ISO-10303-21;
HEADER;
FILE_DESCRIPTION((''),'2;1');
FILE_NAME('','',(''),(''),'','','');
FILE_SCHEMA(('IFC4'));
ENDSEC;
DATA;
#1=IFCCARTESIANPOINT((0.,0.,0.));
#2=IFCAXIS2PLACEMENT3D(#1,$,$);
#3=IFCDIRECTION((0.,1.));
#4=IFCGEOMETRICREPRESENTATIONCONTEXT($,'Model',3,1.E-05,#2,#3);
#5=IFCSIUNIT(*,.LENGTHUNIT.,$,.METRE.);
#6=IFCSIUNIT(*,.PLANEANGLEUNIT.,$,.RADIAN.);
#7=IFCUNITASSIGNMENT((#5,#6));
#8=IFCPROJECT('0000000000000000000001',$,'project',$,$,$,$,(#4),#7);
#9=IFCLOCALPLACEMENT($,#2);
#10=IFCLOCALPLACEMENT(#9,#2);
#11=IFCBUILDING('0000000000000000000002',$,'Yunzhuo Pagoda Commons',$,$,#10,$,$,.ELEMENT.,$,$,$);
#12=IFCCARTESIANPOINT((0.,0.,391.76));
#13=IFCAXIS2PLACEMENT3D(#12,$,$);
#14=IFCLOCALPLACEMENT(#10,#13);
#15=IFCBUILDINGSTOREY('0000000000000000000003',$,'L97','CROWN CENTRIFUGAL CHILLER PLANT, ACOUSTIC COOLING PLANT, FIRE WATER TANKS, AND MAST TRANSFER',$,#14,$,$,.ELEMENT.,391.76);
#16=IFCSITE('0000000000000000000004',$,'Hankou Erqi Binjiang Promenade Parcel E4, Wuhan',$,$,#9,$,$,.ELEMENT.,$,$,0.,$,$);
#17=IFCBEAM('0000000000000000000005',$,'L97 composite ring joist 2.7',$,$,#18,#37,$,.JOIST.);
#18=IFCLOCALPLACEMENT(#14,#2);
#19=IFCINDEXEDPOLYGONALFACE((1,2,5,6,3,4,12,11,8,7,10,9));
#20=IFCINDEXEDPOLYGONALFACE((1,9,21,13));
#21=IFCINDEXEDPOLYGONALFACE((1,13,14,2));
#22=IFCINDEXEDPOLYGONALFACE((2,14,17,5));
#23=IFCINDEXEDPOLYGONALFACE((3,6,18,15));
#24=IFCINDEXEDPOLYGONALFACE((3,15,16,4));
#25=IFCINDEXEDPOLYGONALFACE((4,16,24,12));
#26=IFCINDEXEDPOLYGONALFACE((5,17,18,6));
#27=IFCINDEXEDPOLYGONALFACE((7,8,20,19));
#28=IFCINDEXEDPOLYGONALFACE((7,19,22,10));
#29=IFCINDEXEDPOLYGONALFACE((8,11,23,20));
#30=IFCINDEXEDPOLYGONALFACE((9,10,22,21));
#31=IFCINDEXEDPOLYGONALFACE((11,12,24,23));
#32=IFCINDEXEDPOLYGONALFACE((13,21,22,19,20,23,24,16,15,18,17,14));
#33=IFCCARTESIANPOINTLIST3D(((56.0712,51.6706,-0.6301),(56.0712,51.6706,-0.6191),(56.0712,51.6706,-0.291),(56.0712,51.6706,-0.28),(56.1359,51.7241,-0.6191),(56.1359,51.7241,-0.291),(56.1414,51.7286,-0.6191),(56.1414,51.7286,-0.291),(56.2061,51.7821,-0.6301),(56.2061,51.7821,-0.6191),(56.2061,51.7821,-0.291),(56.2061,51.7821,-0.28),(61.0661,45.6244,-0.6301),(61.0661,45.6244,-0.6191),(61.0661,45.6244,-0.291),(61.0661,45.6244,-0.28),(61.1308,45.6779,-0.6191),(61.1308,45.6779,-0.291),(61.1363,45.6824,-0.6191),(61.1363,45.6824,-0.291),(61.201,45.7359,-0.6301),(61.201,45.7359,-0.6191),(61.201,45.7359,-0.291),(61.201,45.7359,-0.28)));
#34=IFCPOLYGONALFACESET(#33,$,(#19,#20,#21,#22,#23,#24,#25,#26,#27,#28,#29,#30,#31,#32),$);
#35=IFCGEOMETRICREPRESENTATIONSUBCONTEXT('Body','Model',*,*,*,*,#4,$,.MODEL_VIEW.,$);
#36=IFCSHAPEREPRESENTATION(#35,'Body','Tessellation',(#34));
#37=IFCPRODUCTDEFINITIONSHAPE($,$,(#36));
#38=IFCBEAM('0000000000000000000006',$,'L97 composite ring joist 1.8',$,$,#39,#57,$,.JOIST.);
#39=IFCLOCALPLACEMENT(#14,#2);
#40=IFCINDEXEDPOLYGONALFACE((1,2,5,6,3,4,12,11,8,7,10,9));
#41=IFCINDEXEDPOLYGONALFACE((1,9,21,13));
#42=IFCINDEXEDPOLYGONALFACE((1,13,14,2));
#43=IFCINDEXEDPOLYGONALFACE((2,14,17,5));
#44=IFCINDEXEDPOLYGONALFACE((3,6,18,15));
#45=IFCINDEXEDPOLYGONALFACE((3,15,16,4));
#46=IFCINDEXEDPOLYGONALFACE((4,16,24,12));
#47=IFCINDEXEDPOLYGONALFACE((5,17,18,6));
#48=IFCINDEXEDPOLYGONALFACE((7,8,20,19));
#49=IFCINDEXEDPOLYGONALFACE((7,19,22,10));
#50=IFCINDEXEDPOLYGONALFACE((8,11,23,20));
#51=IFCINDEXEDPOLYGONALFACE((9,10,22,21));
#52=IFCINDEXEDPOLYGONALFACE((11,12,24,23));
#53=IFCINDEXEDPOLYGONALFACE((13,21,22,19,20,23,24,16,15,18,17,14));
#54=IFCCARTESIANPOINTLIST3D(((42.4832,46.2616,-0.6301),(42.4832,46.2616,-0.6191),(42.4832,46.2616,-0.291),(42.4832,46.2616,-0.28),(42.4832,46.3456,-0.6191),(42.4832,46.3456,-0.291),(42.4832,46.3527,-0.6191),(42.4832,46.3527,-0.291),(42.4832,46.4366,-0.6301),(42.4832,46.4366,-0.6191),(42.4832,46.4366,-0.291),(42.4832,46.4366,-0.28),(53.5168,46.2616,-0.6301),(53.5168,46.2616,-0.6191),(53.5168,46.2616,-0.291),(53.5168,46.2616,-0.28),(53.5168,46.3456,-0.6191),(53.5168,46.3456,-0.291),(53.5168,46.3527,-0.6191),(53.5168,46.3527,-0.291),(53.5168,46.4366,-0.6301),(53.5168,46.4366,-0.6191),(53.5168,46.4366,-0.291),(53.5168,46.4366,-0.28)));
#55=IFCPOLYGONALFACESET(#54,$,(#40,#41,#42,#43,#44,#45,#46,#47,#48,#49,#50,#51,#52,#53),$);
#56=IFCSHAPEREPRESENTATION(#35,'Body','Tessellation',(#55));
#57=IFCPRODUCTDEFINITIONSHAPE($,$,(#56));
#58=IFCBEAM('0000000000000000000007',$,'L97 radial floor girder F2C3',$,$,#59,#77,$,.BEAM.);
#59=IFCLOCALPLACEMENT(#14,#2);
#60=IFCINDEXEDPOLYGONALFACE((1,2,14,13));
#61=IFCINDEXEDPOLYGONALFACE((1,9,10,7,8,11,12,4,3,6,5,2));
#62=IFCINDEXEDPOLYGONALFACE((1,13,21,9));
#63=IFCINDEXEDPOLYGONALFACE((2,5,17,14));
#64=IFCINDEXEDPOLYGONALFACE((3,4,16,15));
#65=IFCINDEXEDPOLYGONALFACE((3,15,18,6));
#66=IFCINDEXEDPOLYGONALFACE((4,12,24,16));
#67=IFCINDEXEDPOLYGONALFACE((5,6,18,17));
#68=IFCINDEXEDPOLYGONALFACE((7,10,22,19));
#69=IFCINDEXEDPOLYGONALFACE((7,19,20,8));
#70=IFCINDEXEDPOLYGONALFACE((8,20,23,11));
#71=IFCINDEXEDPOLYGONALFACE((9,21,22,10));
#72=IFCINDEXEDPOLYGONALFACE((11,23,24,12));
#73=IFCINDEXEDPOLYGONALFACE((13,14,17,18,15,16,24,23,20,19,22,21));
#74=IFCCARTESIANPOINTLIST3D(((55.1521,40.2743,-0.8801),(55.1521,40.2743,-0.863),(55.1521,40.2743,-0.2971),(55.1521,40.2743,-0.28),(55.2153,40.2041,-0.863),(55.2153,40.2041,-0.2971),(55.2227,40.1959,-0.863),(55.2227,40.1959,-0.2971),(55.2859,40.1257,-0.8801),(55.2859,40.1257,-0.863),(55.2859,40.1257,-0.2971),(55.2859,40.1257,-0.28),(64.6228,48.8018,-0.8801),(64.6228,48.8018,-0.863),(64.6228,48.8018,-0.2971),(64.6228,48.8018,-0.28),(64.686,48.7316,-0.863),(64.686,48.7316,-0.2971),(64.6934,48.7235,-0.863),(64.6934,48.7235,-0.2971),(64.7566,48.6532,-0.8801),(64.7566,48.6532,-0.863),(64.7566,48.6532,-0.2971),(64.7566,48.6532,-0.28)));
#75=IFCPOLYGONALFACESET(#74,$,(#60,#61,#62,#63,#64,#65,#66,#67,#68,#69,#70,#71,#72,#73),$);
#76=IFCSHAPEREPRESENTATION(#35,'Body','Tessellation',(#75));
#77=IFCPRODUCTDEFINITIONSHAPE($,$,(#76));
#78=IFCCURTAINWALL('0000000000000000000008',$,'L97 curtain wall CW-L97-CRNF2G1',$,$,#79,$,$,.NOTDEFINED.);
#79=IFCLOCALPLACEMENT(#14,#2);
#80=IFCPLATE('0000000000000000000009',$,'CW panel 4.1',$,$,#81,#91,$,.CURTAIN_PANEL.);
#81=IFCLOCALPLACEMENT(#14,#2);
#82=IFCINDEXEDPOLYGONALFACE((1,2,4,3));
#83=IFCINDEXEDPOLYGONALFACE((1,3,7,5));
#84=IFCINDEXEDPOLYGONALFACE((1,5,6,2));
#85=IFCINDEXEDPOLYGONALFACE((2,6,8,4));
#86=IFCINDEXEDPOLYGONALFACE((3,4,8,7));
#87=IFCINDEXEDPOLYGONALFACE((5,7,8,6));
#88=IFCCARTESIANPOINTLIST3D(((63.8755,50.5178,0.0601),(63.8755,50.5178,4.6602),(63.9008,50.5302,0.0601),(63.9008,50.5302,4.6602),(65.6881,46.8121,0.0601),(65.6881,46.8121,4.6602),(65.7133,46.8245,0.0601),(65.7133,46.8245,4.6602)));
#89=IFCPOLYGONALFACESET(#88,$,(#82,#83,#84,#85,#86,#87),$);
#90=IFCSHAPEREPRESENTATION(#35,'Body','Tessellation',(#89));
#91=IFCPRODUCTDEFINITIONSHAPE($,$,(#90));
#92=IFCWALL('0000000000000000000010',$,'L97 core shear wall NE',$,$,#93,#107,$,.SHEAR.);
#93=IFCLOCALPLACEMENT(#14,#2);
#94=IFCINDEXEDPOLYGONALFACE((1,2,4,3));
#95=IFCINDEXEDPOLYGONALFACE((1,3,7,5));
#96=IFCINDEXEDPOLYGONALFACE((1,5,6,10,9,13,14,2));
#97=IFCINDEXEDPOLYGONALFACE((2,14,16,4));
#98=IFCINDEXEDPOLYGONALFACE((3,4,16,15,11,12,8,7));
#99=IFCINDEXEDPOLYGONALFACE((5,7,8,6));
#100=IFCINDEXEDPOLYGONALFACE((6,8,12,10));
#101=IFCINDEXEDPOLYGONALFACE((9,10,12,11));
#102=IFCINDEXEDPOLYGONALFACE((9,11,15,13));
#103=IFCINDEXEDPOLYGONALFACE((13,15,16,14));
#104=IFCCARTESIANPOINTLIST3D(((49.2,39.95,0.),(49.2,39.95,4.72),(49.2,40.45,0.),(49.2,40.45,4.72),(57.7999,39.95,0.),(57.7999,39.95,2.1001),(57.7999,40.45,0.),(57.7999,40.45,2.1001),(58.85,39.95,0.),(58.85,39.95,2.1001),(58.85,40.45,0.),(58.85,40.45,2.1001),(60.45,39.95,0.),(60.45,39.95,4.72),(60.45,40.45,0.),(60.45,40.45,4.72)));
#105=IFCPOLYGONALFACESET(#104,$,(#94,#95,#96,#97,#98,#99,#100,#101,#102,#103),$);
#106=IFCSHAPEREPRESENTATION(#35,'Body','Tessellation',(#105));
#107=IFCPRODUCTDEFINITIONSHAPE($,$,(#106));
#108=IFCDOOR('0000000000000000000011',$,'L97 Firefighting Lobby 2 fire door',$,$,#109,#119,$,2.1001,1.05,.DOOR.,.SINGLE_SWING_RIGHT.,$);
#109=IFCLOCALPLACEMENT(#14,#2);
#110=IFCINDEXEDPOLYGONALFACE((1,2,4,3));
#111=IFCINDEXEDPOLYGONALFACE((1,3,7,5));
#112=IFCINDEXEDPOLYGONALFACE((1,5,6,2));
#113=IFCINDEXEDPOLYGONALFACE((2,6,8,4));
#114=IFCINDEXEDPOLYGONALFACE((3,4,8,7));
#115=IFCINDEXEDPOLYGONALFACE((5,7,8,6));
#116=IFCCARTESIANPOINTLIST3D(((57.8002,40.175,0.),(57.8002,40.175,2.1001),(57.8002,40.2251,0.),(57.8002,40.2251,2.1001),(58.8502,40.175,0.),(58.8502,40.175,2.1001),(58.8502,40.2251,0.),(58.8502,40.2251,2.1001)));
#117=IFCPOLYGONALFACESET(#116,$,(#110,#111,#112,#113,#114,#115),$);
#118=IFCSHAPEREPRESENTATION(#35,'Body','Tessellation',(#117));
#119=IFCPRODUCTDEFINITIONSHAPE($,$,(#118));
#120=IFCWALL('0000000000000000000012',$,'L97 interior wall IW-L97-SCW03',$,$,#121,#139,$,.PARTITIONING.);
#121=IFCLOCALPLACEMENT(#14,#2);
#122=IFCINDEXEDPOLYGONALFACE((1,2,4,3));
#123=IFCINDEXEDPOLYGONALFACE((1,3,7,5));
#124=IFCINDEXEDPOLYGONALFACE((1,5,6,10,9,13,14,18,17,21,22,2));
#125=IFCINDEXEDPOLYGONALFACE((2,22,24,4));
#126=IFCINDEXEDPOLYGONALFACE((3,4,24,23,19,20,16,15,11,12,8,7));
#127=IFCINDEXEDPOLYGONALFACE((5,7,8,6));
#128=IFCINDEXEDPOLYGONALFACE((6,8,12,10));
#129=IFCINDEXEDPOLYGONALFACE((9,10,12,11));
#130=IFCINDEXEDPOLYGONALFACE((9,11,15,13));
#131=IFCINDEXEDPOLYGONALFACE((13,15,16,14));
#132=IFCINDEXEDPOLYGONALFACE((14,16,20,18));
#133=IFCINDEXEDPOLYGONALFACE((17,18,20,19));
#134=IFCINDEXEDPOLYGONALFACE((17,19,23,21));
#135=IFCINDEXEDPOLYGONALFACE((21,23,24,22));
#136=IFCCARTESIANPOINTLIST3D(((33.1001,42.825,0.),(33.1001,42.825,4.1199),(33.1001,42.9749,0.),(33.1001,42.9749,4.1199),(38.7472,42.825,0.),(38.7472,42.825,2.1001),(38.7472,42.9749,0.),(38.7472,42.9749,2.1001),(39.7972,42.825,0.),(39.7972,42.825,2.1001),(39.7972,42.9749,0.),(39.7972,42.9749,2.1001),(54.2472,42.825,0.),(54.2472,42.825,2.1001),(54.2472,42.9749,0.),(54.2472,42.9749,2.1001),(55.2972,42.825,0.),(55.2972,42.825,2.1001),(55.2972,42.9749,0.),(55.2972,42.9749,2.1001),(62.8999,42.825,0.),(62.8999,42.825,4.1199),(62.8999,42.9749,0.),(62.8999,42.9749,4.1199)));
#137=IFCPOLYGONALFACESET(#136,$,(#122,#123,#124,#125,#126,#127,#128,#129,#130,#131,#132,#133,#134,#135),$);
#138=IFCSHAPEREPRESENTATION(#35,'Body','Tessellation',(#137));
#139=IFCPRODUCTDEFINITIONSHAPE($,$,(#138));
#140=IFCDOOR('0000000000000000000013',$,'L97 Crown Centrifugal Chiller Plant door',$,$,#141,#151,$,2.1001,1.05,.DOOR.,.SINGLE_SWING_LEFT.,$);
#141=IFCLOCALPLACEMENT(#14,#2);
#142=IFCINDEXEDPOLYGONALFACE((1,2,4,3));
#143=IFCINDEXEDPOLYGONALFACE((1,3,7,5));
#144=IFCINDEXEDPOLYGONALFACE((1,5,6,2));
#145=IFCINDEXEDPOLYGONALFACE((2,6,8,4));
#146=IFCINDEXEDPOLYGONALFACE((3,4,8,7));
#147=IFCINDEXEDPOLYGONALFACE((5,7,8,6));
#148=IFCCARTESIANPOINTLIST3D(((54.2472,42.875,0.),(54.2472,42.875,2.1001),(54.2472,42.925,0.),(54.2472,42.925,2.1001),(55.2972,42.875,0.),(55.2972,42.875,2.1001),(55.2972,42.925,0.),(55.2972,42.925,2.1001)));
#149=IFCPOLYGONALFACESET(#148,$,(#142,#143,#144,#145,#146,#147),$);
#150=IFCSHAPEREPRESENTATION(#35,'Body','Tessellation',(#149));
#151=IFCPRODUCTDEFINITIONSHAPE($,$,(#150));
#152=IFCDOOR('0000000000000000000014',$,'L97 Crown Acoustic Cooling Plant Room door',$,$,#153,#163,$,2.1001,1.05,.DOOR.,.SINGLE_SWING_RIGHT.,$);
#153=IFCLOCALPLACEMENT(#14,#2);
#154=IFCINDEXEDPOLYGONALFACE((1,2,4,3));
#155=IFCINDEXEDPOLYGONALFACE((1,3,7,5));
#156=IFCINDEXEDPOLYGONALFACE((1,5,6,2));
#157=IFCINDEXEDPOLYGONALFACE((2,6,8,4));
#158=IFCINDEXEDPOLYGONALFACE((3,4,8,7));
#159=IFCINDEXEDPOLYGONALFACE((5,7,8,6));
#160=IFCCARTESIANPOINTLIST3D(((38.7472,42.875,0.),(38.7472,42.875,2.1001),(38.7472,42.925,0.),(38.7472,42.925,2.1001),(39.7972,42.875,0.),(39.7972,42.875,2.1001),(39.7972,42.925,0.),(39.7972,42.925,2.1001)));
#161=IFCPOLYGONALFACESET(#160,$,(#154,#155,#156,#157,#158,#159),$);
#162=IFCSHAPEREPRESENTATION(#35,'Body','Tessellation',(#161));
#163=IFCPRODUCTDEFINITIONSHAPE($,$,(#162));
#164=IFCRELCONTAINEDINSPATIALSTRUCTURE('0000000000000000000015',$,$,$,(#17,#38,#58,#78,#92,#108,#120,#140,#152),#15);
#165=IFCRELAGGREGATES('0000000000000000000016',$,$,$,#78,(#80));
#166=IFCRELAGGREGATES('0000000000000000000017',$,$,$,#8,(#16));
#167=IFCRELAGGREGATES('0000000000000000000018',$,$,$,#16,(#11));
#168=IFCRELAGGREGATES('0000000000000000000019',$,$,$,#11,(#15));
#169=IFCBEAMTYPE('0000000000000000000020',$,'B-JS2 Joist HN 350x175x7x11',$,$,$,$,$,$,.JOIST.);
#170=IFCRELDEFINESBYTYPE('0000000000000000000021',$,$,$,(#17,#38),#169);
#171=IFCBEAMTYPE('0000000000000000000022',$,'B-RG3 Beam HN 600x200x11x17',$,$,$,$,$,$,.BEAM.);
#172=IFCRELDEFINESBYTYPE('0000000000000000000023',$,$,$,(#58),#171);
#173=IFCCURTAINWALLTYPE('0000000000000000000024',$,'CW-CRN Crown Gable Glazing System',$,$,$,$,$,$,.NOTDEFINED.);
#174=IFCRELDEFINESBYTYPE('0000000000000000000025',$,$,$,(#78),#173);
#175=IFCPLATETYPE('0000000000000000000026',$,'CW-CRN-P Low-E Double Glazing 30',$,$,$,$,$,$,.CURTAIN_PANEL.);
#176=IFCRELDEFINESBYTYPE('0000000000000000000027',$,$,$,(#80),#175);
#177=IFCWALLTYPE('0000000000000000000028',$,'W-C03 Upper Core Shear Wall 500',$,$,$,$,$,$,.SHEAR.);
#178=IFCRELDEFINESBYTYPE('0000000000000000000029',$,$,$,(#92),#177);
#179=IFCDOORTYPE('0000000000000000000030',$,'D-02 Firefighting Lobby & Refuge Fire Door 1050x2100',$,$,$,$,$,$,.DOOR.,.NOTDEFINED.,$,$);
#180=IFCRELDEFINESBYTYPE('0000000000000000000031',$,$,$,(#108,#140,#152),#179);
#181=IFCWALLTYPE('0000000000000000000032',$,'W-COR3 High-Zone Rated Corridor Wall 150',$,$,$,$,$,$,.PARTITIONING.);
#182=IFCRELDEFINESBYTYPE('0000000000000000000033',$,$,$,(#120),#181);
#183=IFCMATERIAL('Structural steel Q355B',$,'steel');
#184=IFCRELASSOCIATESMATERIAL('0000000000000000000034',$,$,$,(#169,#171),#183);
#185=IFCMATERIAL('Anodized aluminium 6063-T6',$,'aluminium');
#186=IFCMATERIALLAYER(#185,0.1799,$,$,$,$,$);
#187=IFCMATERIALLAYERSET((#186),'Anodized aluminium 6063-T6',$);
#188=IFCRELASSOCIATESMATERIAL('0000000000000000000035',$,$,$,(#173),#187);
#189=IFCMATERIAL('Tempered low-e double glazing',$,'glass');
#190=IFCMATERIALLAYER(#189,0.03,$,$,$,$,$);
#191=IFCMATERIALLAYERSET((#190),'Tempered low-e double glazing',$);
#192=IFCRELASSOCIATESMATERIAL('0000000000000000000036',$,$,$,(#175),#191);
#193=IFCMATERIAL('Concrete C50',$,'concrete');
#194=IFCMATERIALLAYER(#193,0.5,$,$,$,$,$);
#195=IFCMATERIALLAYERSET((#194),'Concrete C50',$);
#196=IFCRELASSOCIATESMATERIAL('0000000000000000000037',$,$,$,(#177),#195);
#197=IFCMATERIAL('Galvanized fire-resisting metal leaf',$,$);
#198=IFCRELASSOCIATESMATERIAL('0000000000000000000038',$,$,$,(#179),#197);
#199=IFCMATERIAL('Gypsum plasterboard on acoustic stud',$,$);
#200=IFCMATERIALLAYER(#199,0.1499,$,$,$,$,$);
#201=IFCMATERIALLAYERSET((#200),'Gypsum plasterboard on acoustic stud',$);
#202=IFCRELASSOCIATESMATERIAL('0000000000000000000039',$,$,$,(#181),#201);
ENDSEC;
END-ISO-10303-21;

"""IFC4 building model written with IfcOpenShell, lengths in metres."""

from ifc_helpers import new_model, si_unit, direction, frame, frame_2d, origin, origin_with_axes, origin_2d, place, context, subcontext, project, spatial, rectangle, i_section, extrude, source, transform, mapped, material, layer, layer_set, material_profile, profile_set, type_object, element, fill, aggregate, save


model = new_model("IFC4")

# Units and contexts
model_context = context("Model", 3, precision=1e-05, world=origin(), true_north=direction((0.0, 1.0)))
body_context = subcontext(model_context, "Body", "Model", "MODEL_VIEW")
ifc_project = project(units=[si_unit("LENGTHUNIT", "METRE"), si_unit("PLANEANGLEUNIT", "RADIAN")], contexts=[model_context])

# Site, building, storey
site_placement = place(None, origin())
site = spatial("IfcSite", under=ifc_project, at=site_placement, Name="Hankou Erqi Binjiang Promenade Parcel E4, Wuhan", CompositionType="ELEMENT", RefElevation=0.0)
building_placement = place(site_placement, origin())
building = spatial("IfcBuilding", under=site, at=building_placement, Name="Yunzhuo Pagoda Commons", CompositionType="ELEMENT")
storey_placement = place(building_placement, frame((0.0, 0.0, 391.76)))
storey = spatial("IfcBuildingStorey", under=building, at=storey_placement, Name="L97", Description="CROWN CENTRIFUGAL CHILLER PLANT, ACOUSTIC COOLING PLANT, FIRE WATER TANKS, AND MAST TRANSFER", CompositionType="ELEMENT", Elevation=391.76)

# Shared definitions
ifc_material_1 = material(Name="Structural steel Q355B", Category="steel")

# Beams
ifc_material_profile_1 = material_profile(ifc_material_1, i_section(OverallWidth=0.175, OverallDepth=0.3501, WebThickness=0.0071, FlangeThickness=0.011, at=origin_2d()), Name="Structural steel Q355B")
ifc_profile_set_1 = profile_set([ifc_material_profile_1], Name="Structural steel Q355B")
beam_type_1 = type_object("IfcBeamType", Name="B-JS2 Joist HN 350x175x7x11", PredefinedType="JOIST", material=ifc_profile_set_1)
ifc_material_profile_2 = material_profile(ifc_material_1, i_section(OverallWidth=0.2, OverallDepth=0.6001, WebThickness=0.011, FlangeThickness=0.0171, at=origin_2d()), Name="Structural steel Q355B")
ifc_profile_set_2 = profile_set([ifc_material_profile_2], Name="Structural steel Q355B")
beam_type_2 = type_object("IfcBeamType", Name="B-RG3 Beam HN 600x200x11x17", PredefinedType="BEAM", material=ifc_profile_set_2)
shared_shape_1 = source(origin(), body_context, "Body", "SweptSolid", [
    extrude(i_section(OverallWidth=0.175, OverallDepth=0.3501, WebThickness=0.0071, FlangeThickness=0.011, at=origin_2d()), origin(), (0.0, 0.0, 1.0), 7.8425),
])
beam_1_placement = place(storey_placement, frame((61.1335, 45.6802, -0.4551), z_axis=(-0.636899, 0.770947, 0.0), x_axis=(-0.770947, -0.636899, 0.0)))
element("IfcBeam", 1, at=beam_1_placement, inside=storey, type_object=beam_type_1, Name="L97 composite ring joist 2.7", PredefinedType="JOIST", context=body_context, shape_type="MappedRepresentation", body=[
    mapped(shared_shape_1, transform((0.0, 0.0, 0.0), scale=1.0)),
])
shared_shape_2 = source(origin(), body_context, "Body", "SweptSolid", [
    extrude(i_section(OverallWidth=0.175, OverallDepth=0.3501, WebThickness=0.0071, FlangeThickness=0.011, at=origin_2d()), origin(), (0.0, 0.0, 1.0), 11.0337),
])
beam_2_placement = place(storey_placement, frame((53.5168, 46.3491, -0.4551), z_axis=(-1.0, 0.0, 0.0), x_axis=(0.0, -1.0, 0.0)))
element("IfcBeam", 2, at=beam_2_placement, inside=storey, type_object=beam_type_1, Name="L97 composite ring joist 1.8", PredefinedType="JOIST", context=body_context, shape_type="MappedRepresentation", body=[
    mapped(shared_shape_2, transform((0.0, 0.0, 0.0), scale=1.0)),
])
shared_shape_3 = source(origin(), body_context, "Body", "SweptSolid", [
    extrude(i_section(OverallWidth=0.2, OverallDepth=0.6001, WebThickness=0.011, FlangeThickness=0.0171, at=origin_2d()), origin(), (0.0, 0.0, 1.0), 12.7441),
])
beam_3_placement = place(storey_placement, frame((64.6897, 48.7275, -0.5801), z_axis=(-0.74314, -0.669136, 0.0), x_axis=(0.669136, -0.74314, 0.0)))
element("IfcBeam", 3, at=beam_3_placement, inside=storey, type_object=beam_type_2, Name="L97 radial floor girder F2C3", PredefinedType="BEAM", context=body_context, shape_type="MappedRepresentation", body=[
    mapped(shared_shape_3, transform((0.0, 0.0, 0.0), scale=1.0)),
])

# Curtain wall, plate
ifc_material_2 = material(Name="Anodized aluminium 6063-T6", Category="aluminium")
ifc_layer_1 = layer(ifc_material_2, 0.1799)
ifc_layer_set_1 = layer_set([ifc_layer_1], Name="Anodized aluminium 6063-T6")
curtain_wall_type = type_object("IfcCurtainWallType", Name="CW-CRN Crown Gable Glazing System", PredefinedType="NOTDEFINED", material=ifc_layer_set_1)
curtain_wall_placement = place(storey_placement, origin())
curtain_wall = element("IfcCurtainWall", 4, at=curtain_wall_placement, inside=storey, type_object=curtain_wall_type, Name="L97 curtain wall CW-L97-CRNF2G1", PredefinedType="NOTDEFINED")
ifc_material_3 = material(Name="Tempered low-e double glazing", Category="glass")
ifc_layer_2 = layer(ifc_material_3, 0.03)
ifc_layer_set_2 = layer_set([ifc_layer_2], Name="Tempered low-e double glazing")
plate_type = type_object("IfcPlateType", Name="CW-CRN-P Low-E Double Glazing 30", PredefinedType="CURTAIN_PANEL", material=ifc_layer_set_2)
shared_shape_4 = source(origin(), body_context, "Body", "SweptSolid", [
    extrude(rectangle(XDim=4.1252, YDim=0.0281, at=origin_2d()), origin(), (0.0, 0.0, 1.0), 4.6001),
])
plate_placement = place(storey_placement, frame((64.7944, 48.6711, 0.0601), z_axis=(0.0, 0.0, 1.0), x_axis=(-0.439384, 0.898299, 0.0)))
plate = element("IfcPlate", 5, at=plate_placement, type_object=plate_type, Name="CW panel 4.1", PredefinedType="CURTAIN_PANEL", context=body_context, shape_type="MappedRepresentation", body=[
    mapped(shared_shape_4, transform((0.0, 0.0, 0.0), scale=1.0)),
])
aggregate(curtain_wall, [plate])

# Wall, opening, door
ifc_material_4 = material(Name="Concrete C50", Category="concrete")
ifc_layer_3 = layer(ifc_material_4, 0.5)
ifc_layer_set_3 = layer_set([ifc_layer_3], Name="Concrete C50")
wall_type_1 = type_object("IfcWallType", Name="W-C03 Upper Core Shear Wall 500", PredefinedType="SHEAR", material=ifc_layer_set_3)
wall_1_placement = place(storey_placement, frame((49.2, 40.2, 0.0), z_axis=(0.0, 0.0, 1.0), x_axis=(1.0, 0.0, 0.0)))
wall_1 = element("IfcWall", 6, at=wall_1_placement, inside=storey, type_object=wall_type_1, Name="L97 core shear wall NE", PredefinedType="SHEAR", context=body_context, shape_type="SweptSolid", body=[
    extrude(rectangle(XDim=11.25, YDim=0.5, at=frame_2d((5.625, 0.0))), origin(), (0.0, 0.0, 1.0), 4.72),
])
opening_1_placement = place(wall_1_placement, frame((8.6001, 0.0, 0.0)))
opening_1 = element("IfcOpeningElement", 7, at=opening_1_placement, cuts=wall_1, PredefinedType="OPENING", context=body_context, shape_type="SweptSolid", body=[
    extrude(rectangle(XDim=1.05, YDim=2.1001, at=frame_2d((0.5249, 1.05))), frame((0.0, 0.26, 0.0), z_axis=(0.0, -1.0, 0.0), x_axis=(1.0, 0.0, 0.0)), (0.0, 0.0, 1.0), 0.52),
])
ifc_material_5 = material(Name="Galvanized fire-resisting metal leaf")
door_type_1 = type_object("IfcDoorType", Name="D-02 Firefighting Lobby & Refuge Fire Door 1050x2100", OperationType="NOTDEFINED", PredefinedType="DOOR", material=ifc_material_5)
shared_shape_5 = source(origin(), body_context, "Body", "SweptSolid", [
    extrude(rectangle(XDim=1.05, YDim=2.1001, at=frame_2d((0.5249, 1.05))), frame((0.0, 0.0249, 0.0), z_axis=(0.0, -1.0, 0.0), x_axis=(1.0, 0.0, 0.0)), (0.0, 0.0, 1.0), 0.05),
])
door_1_placement = place(opening_1_placement, frame((1.05, 0.0, 0.0), z_axis=(0.0, 0.0, 1.0), x_axis=(-1.0, 0.0, 0.0)))
door_1 = element("IfcDoor", 8, at=door_1_placement, inside=storey, type_object=door_type_1, Name="L97 Firefighting Lobby 2 fire door", OperationType="SINGLE_SWING_RIGHT", OverallHeight=2.1001, OverallWidth=1.05, PredefinedType="DOOR", context=body_context, shape_type="MappedRepresentation", body=[
    mapped(shared_shape_5, transform((0.0, 0.0, 0.0), scale=1.0)),
])
fill(opening_1, door_1)

# Wall, openings, doors
ifc_material_6 = material(Name="Gypsum plasterboard on acoustic stud")
ifc_layer_4 = layer(ifc_material_6, 0.1499)
ifc_layer_set_4 = layer_set([ifc_layer_4], Name="Gypsum plasterboard on acoustic stud")
wall_type_2 = type_object("IfcWallType", Name="W-COR3 High-Zone Rated Corridor Wall 150", PredefinedType="PARTITIONING", material=ifc_layer_set_4)
wall_2_placement = place(storey_placement, frame((62.8999, 42.8999, 0.0), z_axis=(0.0, 0.0, 1.0), x_axis=(-1.0, 0.0, 0.0)))
wall_2 = element("IfcWall", 9, at=wall_2_placement, inside=storey, type_object=wall_type_2, Name="L97 interior wall IW-L97-SCW03", PredefinedType="PARTITIONING", context=body_context, shape_type="SweptSolid", body=[
    extrude(rectangle(XDim=29.7998, YDim=0.1499, at=frame_2d((14.8999, 0.0))), origin(), (0.0, 0.0, 1.0), 4.1199),
])
opening_2_placement = place(wall_2_placement, frame((7.6028, 0.0, 0.0)))
opening_2 = element("IfcOpeningElement", 10, at=opening_2_placement, cuts=wall_2, PredefinedType="OPENING", context=body_context, shape_type="SweptSolid", body=[
    extrude(rectangle(XDim=1.05, YDim=2.1001, at=frame_2d((0.5249, 1.05))), frame((0.0, 0.085, 0.0), z_axis=(0.0, -1.0, 0.0), x_axis=(1.0, 0.0, 0.0)), (0.0, 0.0, 1.0), 0.1699),
])
opening_3_placement = place(wall_2_placement, frame((23.1028, 0.0, 0.0)))
opening_3 = element("IfcOpeningElement", 11, at=opening_3_placement, cuts=wall_2, PredefinedType="OPENING", context=body_context, shape_type="SweptSolid", body=[
    extrude(rectangle(XDim=1.05, YDim=2.1001, at=frame_2d((0.5249, 1.05))), frame((0.0, 0.085, 0.0), z_axis=(0.0, -1.0, 0.0), x_axis=(1.0, 0.0, 0.0)), (0.0, 0.0, 1.0), 0.1699),
])
door_2_placement = place(opening_2_placement, origin_with_axes())
door_2 = element("IfcDoor", 12, at=door_2_placement, inside=storey, type_object=door_type_1, Name="L97 Crown Centrifugal Chiller Plant door", OperationType="SINGLE_SWING_LEFT", OverallHeight=2.1001, OverallWidth=1.05, PredefinedType="DOOR", context=body_context, shape_type="MappedRepresentation", body=[
    mapped(shared_shape_5, transform((0.0, 0.0, 0.0), scale=1.0)),
])
fill(opening_2, door_2)
door_3_placement = place(opening_3_placement, origin_with_axes())
door_3 = element("IfcDoor", 13, at=door_3_placement, inside=storey, type_object=door_type_1, Name="L97 Crown Acoustic Cooling Plant Room door", OperationType="SINGLE_SWING_RIGHT", OverallHeight=2.1001, OverallWidth=1.05, PredefinedType="DOOR", context=body_context, shape_type="MappedRepresentation", body=[
    mapped(shared_shape_5, transform((0.0, 0.0, 0.0), scale=1.0)),
])
fill(opening_3, door_3)

save(model, "model.ifc")
